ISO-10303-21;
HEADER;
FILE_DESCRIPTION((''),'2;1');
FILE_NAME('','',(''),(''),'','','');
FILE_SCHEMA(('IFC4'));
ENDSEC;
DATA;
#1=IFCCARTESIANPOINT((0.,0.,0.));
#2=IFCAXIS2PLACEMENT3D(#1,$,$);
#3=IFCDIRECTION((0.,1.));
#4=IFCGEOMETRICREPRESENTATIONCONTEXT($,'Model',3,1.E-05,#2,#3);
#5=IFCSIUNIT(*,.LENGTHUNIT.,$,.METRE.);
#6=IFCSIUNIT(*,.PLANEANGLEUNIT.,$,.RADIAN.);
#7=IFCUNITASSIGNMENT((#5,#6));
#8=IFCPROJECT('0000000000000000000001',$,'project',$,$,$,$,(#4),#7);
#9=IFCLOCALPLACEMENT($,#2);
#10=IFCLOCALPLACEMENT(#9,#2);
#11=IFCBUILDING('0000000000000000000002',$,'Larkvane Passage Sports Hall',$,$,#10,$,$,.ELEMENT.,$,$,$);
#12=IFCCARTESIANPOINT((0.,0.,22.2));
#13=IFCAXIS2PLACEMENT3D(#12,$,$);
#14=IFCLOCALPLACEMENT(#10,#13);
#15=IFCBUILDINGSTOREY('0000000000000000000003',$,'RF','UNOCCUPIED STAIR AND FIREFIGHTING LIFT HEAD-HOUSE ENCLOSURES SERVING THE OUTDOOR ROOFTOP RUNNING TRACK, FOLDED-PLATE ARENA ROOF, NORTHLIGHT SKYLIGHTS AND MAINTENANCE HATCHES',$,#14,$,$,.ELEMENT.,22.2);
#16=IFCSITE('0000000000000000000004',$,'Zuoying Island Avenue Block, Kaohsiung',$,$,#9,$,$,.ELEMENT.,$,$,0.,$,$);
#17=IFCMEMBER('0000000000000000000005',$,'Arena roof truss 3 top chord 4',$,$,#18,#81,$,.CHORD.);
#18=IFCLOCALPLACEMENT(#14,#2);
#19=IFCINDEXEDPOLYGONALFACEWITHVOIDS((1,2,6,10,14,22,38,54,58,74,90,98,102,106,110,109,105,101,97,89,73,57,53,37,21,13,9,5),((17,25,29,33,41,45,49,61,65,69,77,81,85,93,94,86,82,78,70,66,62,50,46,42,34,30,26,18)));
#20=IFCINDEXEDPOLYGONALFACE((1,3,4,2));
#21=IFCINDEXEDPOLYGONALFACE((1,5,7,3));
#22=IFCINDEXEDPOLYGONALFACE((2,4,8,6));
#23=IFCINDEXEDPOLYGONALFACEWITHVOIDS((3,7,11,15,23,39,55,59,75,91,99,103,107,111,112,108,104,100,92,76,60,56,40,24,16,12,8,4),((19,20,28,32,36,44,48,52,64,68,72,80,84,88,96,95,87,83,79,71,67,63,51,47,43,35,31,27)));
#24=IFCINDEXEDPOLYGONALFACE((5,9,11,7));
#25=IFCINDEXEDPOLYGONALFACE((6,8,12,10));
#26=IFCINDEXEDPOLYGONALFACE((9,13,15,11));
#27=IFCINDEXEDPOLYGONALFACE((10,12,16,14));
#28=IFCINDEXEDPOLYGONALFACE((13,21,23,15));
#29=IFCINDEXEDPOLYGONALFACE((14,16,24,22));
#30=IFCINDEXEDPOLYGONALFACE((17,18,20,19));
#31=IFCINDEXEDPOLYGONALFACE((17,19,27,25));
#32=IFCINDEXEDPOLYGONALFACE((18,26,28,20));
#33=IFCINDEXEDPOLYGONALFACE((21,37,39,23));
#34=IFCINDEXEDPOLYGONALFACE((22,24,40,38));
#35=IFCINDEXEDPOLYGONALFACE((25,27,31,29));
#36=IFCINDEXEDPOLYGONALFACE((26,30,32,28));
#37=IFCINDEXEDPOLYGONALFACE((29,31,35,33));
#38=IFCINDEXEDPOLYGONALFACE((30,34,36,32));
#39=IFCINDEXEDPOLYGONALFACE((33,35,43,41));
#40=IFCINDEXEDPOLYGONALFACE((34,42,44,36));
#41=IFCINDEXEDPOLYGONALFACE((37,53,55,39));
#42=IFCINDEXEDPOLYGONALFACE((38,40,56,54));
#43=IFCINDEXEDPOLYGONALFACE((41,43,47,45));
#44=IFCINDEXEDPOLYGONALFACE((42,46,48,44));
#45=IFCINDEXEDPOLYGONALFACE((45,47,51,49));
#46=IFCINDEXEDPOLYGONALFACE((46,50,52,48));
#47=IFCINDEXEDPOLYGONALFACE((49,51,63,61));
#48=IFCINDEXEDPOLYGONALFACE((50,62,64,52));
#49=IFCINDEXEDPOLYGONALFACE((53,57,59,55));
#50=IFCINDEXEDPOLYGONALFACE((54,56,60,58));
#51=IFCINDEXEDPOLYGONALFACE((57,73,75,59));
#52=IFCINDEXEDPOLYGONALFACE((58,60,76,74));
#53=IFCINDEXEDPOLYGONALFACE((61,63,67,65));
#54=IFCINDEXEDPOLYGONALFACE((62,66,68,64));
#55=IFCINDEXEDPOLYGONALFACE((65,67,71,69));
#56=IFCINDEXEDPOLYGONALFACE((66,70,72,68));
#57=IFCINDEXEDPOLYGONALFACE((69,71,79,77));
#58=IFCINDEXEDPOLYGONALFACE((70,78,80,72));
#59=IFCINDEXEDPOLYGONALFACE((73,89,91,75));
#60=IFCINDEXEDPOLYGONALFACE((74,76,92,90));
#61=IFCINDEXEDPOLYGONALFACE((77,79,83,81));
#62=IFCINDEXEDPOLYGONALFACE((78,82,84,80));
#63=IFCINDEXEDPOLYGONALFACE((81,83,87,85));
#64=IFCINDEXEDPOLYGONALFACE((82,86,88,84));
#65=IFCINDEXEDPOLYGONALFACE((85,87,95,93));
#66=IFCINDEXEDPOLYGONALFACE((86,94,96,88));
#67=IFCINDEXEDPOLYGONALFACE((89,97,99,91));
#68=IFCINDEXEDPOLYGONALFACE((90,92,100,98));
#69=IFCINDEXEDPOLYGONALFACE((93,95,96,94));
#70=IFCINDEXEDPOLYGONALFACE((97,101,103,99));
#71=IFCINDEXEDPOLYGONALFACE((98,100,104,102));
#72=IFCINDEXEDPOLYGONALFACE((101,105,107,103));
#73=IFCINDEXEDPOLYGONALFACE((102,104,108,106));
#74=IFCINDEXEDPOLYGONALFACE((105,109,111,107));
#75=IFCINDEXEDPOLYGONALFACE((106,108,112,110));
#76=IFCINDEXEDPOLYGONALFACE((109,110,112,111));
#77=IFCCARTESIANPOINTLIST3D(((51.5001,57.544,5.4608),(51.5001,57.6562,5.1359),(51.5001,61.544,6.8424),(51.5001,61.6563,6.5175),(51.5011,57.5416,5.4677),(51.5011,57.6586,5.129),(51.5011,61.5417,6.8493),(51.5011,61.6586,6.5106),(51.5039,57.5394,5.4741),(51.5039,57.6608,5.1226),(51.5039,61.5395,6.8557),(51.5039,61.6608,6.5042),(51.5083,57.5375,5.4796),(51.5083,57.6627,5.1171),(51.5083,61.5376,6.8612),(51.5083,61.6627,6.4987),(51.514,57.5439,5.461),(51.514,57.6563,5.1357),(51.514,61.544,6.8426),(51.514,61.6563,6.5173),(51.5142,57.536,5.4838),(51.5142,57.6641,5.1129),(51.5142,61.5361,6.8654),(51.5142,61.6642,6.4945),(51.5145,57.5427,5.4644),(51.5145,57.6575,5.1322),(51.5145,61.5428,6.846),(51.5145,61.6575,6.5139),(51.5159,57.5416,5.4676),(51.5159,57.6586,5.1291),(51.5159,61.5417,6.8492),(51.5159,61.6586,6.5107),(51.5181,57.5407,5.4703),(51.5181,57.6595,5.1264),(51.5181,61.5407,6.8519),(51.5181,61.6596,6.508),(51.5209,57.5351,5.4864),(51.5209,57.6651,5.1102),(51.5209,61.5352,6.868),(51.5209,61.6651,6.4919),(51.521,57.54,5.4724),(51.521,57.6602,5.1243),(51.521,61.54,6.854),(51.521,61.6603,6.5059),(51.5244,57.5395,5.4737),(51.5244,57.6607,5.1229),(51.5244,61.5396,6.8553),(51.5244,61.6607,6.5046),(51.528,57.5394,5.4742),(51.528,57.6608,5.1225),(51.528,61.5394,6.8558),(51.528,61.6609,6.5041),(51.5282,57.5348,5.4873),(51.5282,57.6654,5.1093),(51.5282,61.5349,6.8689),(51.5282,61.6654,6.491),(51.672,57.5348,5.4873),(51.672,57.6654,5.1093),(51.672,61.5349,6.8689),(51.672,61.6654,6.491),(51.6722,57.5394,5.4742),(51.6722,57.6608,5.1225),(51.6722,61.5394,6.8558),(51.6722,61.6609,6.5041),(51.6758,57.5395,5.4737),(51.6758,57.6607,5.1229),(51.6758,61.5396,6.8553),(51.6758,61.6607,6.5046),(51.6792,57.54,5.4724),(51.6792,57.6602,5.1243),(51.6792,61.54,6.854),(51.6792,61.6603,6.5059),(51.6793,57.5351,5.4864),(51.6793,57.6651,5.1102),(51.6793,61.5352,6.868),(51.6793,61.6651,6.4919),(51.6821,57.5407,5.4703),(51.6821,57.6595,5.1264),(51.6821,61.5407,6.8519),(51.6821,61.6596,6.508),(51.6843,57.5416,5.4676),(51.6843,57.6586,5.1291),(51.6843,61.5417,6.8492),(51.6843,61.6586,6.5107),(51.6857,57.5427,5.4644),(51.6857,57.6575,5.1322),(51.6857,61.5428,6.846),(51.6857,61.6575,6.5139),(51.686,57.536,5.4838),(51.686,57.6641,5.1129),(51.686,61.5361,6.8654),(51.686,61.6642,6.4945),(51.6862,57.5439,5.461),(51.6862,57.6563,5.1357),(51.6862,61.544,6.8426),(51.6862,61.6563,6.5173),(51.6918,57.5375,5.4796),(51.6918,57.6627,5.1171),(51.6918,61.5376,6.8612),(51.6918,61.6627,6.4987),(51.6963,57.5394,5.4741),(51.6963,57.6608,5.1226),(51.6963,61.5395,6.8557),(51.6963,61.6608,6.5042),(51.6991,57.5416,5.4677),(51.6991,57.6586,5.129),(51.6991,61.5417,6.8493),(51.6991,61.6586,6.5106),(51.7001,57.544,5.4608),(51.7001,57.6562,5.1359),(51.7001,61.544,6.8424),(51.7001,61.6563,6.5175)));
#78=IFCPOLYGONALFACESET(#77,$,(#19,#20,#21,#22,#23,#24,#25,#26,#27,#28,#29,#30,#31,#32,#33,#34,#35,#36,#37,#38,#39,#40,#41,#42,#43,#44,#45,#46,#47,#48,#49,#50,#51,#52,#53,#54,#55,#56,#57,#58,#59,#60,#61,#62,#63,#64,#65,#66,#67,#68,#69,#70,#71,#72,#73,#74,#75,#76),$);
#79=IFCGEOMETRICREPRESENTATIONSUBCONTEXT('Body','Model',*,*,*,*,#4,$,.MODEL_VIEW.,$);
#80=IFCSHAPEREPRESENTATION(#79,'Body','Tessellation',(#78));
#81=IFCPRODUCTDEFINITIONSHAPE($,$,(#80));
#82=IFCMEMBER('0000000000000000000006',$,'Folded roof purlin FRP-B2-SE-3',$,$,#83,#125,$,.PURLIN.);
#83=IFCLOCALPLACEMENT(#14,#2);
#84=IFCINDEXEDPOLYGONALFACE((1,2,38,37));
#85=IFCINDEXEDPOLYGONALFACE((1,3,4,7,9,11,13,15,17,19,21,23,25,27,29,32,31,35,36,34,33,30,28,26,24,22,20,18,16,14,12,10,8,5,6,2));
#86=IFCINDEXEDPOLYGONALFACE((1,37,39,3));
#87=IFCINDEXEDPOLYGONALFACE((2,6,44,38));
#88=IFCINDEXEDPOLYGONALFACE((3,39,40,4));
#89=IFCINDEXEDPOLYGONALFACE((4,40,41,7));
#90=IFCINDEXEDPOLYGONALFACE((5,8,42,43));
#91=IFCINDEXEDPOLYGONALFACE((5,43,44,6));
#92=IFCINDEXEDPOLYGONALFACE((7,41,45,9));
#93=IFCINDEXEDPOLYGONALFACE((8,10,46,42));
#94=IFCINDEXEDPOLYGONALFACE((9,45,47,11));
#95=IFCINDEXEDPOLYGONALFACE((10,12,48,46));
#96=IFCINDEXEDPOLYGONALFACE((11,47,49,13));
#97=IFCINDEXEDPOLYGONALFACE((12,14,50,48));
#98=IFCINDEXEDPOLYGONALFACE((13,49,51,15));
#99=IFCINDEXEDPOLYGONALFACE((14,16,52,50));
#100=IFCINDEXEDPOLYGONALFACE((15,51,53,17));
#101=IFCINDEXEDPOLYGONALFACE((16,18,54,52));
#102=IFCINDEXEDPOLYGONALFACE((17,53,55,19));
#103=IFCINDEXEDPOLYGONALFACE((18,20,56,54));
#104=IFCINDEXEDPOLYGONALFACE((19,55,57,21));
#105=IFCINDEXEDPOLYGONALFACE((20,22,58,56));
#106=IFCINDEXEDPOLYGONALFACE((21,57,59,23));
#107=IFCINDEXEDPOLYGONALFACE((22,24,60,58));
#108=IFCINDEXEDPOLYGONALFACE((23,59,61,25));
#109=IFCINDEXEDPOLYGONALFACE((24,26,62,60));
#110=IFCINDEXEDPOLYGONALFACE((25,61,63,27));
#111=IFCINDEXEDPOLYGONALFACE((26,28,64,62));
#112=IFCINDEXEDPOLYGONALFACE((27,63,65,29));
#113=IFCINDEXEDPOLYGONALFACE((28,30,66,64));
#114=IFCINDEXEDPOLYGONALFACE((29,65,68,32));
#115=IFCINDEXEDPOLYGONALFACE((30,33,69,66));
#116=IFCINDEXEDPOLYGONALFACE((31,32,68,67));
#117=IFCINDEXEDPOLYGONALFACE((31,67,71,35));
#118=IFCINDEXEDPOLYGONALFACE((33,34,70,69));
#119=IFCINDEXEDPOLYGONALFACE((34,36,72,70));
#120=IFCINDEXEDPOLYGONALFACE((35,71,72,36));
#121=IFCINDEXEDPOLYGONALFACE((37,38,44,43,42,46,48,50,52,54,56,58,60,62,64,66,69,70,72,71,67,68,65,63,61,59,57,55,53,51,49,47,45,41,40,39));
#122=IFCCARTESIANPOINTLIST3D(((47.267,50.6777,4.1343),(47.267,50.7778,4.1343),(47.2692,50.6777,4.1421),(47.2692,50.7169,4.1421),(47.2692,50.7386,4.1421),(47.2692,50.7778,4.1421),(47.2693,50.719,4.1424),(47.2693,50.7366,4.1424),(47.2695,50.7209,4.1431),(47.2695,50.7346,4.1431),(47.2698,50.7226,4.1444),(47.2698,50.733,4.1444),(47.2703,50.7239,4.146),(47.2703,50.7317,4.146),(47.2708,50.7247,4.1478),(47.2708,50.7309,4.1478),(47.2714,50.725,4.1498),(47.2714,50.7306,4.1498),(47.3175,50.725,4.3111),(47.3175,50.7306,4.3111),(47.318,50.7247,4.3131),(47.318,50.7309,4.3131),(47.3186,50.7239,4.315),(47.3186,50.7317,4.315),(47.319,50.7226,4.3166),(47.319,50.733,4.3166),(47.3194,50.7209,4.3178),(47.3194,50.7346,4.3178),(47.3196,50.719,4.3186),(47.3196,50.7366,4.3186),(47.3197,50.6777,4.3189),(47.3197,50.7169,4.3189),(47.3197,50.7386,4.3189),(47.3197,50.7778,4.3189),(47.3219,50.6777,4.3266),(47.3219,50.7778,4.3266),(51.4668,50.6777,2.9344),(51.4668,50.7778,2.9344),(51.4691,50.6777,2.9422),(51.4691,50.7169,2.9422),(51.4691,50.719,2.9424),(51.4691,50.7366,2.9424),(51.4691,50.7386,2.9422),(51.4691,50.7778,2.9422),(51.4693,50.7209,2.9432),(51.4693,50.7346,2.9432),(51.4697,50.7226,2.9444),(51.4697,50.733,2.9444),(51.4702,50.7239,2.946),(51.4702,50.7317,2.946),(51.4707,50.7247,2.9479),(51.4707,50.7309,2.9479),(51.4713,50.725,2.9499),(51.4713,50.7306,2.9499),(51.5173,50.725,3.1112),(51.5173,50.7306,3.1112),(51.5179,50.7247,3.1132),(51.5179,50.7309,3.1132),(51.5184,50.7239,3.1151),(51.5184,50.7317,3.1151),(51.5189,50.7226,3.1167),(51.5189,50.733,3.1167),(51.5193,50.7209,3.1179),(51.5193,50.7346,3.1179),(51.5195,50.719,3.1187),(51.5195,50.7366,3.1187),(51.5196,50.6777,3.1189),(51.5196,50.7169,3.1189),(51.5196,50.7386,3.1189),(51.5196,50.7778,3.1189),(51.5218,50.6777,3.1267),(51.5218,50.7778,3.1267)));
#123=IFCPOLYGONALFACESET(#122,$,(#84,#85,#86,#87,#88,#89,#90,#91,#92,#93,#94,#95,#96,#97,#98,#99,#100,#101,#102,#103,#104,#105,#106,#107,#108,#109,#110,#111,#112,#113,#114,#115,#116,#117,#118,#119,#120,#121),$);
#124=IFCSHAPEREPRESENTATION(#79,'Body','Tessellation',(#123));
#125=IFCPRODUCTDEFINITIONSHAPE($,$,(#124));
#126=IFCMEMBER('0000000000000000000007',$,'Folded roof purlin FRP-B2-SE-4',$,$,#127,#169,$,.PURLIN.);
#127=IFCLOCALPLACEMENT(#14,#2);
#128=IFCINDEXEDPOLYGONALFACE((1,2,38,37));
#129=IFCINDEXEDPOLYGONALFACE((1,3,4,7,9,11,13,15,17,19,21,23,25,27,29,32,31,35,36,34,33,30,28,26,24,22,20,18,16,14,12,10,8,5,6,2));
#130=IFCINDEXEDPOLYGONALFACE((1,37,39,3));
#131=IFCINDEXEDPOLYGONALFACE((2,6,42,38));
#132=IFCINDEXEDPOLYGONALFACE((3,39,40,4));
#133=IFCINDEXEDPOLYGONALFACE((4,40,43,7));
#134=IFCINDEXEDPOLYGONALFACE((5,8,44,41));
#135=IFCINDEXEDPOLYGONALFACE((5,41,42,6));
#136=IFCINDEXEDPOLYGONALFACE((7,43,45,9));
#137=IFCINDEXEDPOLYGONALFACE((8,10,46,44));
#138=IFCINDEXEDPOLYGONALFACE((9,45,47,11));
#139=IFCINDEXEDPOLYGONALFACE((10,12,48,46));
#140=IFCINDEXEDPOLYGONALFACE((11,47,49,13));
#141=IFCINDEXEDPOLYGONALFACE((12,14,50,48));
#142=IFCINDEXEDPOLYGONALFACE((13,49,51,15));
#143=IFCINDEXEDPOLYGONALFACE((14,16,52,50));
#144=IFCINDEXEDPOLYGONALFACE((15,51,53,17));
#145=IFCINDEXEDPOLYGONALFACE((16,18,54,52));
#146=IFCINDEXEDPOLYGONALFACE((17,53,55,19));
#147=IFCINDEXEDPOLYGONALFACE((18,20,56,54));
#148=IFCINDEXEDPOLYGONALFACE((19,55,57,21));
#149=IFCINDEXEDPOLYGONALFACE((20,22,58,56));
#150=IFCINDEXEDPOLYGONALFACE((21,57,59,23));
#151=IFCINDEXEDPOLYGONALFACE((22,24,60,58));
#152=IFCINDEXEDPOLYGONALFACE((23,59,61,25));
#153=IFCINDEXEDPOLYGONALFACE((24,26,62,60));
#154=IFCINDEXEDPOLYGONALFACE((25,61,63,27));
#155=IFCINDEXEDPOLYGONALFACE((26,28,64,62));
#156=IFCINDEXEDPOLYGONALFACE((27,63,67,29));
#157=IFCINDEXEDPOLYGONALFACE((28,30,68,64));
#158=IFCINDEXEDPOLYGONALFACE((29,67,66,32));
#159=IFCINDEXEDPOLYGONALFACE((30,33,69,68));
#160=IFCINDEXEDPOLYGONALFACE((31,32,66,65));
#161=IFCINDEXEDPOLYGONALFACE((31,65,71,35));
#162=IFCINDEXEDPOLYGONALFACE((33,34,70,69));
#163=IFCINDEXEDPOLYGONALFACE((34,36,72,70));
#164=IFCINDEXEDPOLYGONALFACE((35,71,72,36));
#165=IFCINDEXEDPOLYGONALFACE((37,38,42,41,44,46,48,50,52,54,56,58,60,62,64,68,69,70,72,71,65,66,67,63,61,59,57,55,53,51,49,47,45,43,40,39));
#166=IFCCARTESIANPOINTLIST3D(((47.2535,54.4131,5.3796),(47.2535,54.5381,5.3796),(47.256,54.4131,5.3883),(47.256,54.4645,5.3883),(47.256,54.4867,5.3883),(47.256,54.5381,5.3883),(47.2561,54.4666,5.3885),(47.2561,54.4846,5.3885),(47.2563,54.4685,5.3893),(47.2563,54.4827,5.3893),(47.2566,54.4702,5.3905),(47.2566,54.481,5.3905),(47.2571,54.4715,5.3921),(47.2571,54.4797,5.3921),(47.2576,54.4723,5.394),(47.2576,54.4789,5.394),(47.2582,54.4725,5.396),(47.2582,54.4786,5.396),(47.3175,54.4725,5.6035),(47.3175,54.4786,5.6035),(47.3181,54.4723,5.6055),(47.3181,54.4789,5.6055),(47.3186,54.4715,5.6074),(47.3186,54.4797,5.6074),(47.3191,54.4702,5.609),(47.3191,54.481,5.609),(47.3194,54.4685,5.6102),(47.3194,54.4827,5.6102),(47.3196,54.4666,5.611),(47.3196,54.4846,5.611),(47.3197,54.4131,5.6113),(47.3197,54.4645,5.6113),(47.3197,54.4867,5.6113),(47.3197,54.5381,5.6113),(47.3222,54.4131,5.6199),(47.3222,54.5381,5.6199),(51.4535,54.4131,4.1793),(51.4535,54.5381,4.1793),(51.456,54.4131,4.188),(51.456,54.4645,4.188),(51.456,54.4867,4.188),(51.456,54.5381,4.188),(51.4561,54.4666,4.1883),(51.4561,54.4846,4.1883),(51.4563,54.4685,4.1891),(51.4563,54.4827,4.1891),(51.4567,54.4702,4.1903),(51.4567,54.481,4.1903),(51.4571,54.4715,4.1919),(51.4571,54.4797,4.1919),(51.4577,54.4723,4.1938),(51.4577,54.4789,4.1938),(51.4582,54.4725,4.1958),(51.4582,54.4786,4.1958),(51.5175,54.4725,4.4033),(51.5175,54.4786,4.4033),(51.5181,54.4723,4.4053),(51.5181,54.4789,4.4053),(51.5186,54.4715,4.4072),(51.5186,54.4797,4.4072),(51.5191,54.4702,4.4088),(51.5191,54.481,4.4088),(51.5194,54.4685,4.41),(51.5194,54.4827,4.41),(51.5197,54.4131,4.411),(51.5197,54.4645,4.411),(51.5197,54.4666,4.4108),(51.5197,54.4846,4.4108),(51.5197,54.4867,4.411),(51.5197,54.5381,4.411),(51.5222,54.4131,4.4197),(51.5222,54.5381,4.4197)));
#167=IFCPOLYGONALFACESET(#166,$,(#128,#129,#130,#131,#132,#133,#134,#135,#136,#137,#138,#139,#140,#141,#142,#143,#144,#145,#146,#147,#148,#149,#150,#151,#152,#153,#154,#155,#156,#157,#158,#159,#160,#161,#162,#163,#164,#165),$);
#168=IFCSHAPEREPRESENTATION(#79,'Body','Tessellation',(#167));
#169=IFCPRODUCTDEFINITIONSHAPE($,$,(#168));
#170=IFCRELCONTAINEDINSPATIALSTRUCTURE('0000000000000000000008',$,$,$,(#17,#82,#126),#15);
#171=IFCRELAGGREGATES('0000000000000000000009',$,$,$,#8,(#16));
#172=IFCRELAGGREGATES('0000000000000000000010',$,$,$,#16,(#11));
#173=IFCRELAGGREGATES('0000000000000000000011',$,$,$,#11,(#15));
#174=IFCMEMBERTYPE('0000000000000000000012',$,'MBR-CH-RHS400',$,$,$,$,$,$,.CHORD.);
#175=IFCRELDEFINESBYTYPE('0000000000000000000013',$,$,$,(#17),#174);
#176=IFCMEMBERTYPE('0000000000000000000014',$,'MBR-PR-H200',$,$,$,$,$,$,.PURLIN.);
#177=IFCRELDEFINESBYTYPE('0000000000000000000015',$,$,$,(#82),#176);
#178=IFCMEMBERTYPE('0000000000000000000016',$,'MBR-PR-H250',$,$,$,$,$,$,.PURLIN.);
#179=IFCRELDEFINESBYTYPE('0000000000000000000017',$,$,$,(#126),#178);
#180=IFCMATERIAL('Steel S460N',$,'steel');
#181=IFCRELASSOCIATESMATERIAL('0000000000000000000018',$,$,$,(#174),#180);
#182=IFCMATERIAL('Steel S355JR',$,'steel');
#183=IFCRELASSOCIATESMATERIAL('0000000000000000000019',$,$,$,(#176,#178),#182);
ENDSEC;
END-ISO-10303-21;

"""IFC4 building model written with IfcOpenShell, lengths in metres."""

from ifc_helpers import new_model, si_unit, direction, frame, origin, origin_2d, place, context, subcontext, project, spatial, hollow_rectangle, i_section, extrude, material, material_profile, profile_set, type_object, element, save


model = new_model("IFC4")

# Units and contexts
model_context = context("Model", 3, precision=1e-05, world=origin(), true_north=direction((0.0, 1.0)))
body_context = subcontext(model_context, "Body", "Model", "MODEL_VIEW")
ifc_project = project(units=[si_unit("LENGTHUNIT", "METRE"), si_unit("PLANEANGLEUNIT", "RADIAN")], contexts=[model_context])

# Site, building, storey
site_placement = place(None, origin())
site = spatial("IfcSite", under=ifc_project, at=site_placement, Name="Zuoying Island Avenue Block, Kaohsiung", CompositionType="ELEMENT", RefElevation=0.0)
building_placement = place(site_placement, origin())
building = spatial("IfcBuilding", under=site, at=building_placement, Name="Larkvane Passage Sports Hall", CompositionType="ELEMENT")
storey_placement = place(building_placement, frame((0.0, 0.0, 22.2)))
storey = spatial("IfcBuildingStorey", under=building, at=storey_placement, Name="RF", Description="UNOCCUPIED STAIR AND FIREFIGHTING LIFT HEAD-HOUSE ENCLOSURES SERVING THE OUTDOOR ROOFTOP RUNNING TRACK, FOLDED-PLATE ARENA ROOF, NORTHLIGHT SKYLIGHTS AND MAINTENANCE HATCHES", CompositionType="ELEMENT", Elevation=22.2)

# Members
ifc_material_1 = material(Name="Steel S355JR", Category="steel")
ifc_material_2 = material(Name="Steel S460N", Category="steel")
ifc_material_profile_1 = material_profile(ifc_material_2, hollow_rectangle(XDim=0.2, YDim=0.3999, WallThickness=0.0139, InnerFilletRadius=0.0139, OuterFilletRadius=0.0281, at=origin_2d()), Name="RHS-400x200x14")
ifc_profile_set_1 = profile_set([ifc_material_profile_1], Name="Steel S460N")
member_type_1 = type_object("IfcMemberType", Name="MBR-CH-RHS400", PredefinedType="CHORD", material=ifc_profile_set_1)
member_1_placement = place(storey_placement, frame((51.6001, 57.6001, 5.2983), z_axis=(0.0, 0.945207, 0.326472), x_axis=(-1.0, 0.0, 0.0)))
element("IfcMember", 1, at=member_1_placement, inside=storey, type_object=member_type_1, Name="Arena roof truss 3 top chord 4", PredefinedType="CHORD", context=body_context, shape_type="SweptSolid", body=[
    extrude(hollow_rectangle(XDim=0.2, YDim=0.3999, WallThickness=0.0139, InnerFilletRadius=0.0139, OuterFilletRadius=0.0281, at=origin_2d()), origin(), (0.0, 0.0, 1.0), 4.2319),
])
ifc_material_profile_2 = material_profile(ifc_material_1, i_section(OverallWidth=0.1001, OverallDepth=0.2, WebThickness=0.0056, FlangeThickness=0.0081, FilletRadius=0.0081, at=origin_2d()), Name="H-200x100x5.5x8")
ifc_profile_set_2 = profile_set([ifc_material_profile_2], Name="Steel S355JR")
member_type_2 = type_object("IfcMemberType", Name="MBR-PR-H200", PredefinedType="PURLIN", material=ifc_profile_set_2)
member_2_placement = place(storey_placement, frame((47.2944, 50.7278, 4.2305), z_axis=(0.961526, 0.0, -0.274714), x_axis=(0.0, 1.0, 0.0)))
element("IfcMember", 2, at=member_2_placement, inside=storey, type_object=member_type_2, Name="Folded roof purlin FRP-B2-SE-3", PredefinedType="PURLIN", context=body_context, shape_type="SweptSolid", body=[
    extrude(i_section(OverallWidth=0.1001, OverallDepth=0.2, WebThickness=0.0056, FlangeThickness=0.0081, FilletRadius=0.0081, at=origin_2d()), origin(), (0.0, 0.0, 1.0), 4.3679),
])
ifc_material_profile_3 = material_profile(ifc_material_1, i_section(OverallWidth=0.125, OverallDepth=0.25, WebThickness=0.0061, FlangeThickness=0.009, FilletRadius=0.0081, at=origin_2d()), Name="H-250x125x6x9")
ifc_profile_set_3 = profile_set([ifc_material_profile_3], Name="Steel S355JR")
member_type_3 = type_object("IfcMemberType", Name="MBR-PR-H250", PredefinedType="PURLIN", material=ifc_profile_set_3)
member_3_placement = place(storey_placement, frame((47.2878, 54.4756, 5.4998), z_axis=(0.961511, 0.0, -0.274765), x_axis=(0.0, 1.0, 0.0)))
element("IfcMember", 3, at=member_3_placement, inside=storey, type_object=member_type_3, Name="Folded roof purlin FRP-B2-SE-4", PredefinedType="PURLIN", context=body_context, shape_type="SweptSolid", body=[
    extrude(i_section(OverallWidth=0.125, OverallDepth=0.25, WebThickness=0.0061, FlangeThickness=0.009, FilletRadius=0.0081, at=origin_2d()), origin(), (0.0, 0.0, 1.0), 4.3682),
])

save(model, "model.ifc")
